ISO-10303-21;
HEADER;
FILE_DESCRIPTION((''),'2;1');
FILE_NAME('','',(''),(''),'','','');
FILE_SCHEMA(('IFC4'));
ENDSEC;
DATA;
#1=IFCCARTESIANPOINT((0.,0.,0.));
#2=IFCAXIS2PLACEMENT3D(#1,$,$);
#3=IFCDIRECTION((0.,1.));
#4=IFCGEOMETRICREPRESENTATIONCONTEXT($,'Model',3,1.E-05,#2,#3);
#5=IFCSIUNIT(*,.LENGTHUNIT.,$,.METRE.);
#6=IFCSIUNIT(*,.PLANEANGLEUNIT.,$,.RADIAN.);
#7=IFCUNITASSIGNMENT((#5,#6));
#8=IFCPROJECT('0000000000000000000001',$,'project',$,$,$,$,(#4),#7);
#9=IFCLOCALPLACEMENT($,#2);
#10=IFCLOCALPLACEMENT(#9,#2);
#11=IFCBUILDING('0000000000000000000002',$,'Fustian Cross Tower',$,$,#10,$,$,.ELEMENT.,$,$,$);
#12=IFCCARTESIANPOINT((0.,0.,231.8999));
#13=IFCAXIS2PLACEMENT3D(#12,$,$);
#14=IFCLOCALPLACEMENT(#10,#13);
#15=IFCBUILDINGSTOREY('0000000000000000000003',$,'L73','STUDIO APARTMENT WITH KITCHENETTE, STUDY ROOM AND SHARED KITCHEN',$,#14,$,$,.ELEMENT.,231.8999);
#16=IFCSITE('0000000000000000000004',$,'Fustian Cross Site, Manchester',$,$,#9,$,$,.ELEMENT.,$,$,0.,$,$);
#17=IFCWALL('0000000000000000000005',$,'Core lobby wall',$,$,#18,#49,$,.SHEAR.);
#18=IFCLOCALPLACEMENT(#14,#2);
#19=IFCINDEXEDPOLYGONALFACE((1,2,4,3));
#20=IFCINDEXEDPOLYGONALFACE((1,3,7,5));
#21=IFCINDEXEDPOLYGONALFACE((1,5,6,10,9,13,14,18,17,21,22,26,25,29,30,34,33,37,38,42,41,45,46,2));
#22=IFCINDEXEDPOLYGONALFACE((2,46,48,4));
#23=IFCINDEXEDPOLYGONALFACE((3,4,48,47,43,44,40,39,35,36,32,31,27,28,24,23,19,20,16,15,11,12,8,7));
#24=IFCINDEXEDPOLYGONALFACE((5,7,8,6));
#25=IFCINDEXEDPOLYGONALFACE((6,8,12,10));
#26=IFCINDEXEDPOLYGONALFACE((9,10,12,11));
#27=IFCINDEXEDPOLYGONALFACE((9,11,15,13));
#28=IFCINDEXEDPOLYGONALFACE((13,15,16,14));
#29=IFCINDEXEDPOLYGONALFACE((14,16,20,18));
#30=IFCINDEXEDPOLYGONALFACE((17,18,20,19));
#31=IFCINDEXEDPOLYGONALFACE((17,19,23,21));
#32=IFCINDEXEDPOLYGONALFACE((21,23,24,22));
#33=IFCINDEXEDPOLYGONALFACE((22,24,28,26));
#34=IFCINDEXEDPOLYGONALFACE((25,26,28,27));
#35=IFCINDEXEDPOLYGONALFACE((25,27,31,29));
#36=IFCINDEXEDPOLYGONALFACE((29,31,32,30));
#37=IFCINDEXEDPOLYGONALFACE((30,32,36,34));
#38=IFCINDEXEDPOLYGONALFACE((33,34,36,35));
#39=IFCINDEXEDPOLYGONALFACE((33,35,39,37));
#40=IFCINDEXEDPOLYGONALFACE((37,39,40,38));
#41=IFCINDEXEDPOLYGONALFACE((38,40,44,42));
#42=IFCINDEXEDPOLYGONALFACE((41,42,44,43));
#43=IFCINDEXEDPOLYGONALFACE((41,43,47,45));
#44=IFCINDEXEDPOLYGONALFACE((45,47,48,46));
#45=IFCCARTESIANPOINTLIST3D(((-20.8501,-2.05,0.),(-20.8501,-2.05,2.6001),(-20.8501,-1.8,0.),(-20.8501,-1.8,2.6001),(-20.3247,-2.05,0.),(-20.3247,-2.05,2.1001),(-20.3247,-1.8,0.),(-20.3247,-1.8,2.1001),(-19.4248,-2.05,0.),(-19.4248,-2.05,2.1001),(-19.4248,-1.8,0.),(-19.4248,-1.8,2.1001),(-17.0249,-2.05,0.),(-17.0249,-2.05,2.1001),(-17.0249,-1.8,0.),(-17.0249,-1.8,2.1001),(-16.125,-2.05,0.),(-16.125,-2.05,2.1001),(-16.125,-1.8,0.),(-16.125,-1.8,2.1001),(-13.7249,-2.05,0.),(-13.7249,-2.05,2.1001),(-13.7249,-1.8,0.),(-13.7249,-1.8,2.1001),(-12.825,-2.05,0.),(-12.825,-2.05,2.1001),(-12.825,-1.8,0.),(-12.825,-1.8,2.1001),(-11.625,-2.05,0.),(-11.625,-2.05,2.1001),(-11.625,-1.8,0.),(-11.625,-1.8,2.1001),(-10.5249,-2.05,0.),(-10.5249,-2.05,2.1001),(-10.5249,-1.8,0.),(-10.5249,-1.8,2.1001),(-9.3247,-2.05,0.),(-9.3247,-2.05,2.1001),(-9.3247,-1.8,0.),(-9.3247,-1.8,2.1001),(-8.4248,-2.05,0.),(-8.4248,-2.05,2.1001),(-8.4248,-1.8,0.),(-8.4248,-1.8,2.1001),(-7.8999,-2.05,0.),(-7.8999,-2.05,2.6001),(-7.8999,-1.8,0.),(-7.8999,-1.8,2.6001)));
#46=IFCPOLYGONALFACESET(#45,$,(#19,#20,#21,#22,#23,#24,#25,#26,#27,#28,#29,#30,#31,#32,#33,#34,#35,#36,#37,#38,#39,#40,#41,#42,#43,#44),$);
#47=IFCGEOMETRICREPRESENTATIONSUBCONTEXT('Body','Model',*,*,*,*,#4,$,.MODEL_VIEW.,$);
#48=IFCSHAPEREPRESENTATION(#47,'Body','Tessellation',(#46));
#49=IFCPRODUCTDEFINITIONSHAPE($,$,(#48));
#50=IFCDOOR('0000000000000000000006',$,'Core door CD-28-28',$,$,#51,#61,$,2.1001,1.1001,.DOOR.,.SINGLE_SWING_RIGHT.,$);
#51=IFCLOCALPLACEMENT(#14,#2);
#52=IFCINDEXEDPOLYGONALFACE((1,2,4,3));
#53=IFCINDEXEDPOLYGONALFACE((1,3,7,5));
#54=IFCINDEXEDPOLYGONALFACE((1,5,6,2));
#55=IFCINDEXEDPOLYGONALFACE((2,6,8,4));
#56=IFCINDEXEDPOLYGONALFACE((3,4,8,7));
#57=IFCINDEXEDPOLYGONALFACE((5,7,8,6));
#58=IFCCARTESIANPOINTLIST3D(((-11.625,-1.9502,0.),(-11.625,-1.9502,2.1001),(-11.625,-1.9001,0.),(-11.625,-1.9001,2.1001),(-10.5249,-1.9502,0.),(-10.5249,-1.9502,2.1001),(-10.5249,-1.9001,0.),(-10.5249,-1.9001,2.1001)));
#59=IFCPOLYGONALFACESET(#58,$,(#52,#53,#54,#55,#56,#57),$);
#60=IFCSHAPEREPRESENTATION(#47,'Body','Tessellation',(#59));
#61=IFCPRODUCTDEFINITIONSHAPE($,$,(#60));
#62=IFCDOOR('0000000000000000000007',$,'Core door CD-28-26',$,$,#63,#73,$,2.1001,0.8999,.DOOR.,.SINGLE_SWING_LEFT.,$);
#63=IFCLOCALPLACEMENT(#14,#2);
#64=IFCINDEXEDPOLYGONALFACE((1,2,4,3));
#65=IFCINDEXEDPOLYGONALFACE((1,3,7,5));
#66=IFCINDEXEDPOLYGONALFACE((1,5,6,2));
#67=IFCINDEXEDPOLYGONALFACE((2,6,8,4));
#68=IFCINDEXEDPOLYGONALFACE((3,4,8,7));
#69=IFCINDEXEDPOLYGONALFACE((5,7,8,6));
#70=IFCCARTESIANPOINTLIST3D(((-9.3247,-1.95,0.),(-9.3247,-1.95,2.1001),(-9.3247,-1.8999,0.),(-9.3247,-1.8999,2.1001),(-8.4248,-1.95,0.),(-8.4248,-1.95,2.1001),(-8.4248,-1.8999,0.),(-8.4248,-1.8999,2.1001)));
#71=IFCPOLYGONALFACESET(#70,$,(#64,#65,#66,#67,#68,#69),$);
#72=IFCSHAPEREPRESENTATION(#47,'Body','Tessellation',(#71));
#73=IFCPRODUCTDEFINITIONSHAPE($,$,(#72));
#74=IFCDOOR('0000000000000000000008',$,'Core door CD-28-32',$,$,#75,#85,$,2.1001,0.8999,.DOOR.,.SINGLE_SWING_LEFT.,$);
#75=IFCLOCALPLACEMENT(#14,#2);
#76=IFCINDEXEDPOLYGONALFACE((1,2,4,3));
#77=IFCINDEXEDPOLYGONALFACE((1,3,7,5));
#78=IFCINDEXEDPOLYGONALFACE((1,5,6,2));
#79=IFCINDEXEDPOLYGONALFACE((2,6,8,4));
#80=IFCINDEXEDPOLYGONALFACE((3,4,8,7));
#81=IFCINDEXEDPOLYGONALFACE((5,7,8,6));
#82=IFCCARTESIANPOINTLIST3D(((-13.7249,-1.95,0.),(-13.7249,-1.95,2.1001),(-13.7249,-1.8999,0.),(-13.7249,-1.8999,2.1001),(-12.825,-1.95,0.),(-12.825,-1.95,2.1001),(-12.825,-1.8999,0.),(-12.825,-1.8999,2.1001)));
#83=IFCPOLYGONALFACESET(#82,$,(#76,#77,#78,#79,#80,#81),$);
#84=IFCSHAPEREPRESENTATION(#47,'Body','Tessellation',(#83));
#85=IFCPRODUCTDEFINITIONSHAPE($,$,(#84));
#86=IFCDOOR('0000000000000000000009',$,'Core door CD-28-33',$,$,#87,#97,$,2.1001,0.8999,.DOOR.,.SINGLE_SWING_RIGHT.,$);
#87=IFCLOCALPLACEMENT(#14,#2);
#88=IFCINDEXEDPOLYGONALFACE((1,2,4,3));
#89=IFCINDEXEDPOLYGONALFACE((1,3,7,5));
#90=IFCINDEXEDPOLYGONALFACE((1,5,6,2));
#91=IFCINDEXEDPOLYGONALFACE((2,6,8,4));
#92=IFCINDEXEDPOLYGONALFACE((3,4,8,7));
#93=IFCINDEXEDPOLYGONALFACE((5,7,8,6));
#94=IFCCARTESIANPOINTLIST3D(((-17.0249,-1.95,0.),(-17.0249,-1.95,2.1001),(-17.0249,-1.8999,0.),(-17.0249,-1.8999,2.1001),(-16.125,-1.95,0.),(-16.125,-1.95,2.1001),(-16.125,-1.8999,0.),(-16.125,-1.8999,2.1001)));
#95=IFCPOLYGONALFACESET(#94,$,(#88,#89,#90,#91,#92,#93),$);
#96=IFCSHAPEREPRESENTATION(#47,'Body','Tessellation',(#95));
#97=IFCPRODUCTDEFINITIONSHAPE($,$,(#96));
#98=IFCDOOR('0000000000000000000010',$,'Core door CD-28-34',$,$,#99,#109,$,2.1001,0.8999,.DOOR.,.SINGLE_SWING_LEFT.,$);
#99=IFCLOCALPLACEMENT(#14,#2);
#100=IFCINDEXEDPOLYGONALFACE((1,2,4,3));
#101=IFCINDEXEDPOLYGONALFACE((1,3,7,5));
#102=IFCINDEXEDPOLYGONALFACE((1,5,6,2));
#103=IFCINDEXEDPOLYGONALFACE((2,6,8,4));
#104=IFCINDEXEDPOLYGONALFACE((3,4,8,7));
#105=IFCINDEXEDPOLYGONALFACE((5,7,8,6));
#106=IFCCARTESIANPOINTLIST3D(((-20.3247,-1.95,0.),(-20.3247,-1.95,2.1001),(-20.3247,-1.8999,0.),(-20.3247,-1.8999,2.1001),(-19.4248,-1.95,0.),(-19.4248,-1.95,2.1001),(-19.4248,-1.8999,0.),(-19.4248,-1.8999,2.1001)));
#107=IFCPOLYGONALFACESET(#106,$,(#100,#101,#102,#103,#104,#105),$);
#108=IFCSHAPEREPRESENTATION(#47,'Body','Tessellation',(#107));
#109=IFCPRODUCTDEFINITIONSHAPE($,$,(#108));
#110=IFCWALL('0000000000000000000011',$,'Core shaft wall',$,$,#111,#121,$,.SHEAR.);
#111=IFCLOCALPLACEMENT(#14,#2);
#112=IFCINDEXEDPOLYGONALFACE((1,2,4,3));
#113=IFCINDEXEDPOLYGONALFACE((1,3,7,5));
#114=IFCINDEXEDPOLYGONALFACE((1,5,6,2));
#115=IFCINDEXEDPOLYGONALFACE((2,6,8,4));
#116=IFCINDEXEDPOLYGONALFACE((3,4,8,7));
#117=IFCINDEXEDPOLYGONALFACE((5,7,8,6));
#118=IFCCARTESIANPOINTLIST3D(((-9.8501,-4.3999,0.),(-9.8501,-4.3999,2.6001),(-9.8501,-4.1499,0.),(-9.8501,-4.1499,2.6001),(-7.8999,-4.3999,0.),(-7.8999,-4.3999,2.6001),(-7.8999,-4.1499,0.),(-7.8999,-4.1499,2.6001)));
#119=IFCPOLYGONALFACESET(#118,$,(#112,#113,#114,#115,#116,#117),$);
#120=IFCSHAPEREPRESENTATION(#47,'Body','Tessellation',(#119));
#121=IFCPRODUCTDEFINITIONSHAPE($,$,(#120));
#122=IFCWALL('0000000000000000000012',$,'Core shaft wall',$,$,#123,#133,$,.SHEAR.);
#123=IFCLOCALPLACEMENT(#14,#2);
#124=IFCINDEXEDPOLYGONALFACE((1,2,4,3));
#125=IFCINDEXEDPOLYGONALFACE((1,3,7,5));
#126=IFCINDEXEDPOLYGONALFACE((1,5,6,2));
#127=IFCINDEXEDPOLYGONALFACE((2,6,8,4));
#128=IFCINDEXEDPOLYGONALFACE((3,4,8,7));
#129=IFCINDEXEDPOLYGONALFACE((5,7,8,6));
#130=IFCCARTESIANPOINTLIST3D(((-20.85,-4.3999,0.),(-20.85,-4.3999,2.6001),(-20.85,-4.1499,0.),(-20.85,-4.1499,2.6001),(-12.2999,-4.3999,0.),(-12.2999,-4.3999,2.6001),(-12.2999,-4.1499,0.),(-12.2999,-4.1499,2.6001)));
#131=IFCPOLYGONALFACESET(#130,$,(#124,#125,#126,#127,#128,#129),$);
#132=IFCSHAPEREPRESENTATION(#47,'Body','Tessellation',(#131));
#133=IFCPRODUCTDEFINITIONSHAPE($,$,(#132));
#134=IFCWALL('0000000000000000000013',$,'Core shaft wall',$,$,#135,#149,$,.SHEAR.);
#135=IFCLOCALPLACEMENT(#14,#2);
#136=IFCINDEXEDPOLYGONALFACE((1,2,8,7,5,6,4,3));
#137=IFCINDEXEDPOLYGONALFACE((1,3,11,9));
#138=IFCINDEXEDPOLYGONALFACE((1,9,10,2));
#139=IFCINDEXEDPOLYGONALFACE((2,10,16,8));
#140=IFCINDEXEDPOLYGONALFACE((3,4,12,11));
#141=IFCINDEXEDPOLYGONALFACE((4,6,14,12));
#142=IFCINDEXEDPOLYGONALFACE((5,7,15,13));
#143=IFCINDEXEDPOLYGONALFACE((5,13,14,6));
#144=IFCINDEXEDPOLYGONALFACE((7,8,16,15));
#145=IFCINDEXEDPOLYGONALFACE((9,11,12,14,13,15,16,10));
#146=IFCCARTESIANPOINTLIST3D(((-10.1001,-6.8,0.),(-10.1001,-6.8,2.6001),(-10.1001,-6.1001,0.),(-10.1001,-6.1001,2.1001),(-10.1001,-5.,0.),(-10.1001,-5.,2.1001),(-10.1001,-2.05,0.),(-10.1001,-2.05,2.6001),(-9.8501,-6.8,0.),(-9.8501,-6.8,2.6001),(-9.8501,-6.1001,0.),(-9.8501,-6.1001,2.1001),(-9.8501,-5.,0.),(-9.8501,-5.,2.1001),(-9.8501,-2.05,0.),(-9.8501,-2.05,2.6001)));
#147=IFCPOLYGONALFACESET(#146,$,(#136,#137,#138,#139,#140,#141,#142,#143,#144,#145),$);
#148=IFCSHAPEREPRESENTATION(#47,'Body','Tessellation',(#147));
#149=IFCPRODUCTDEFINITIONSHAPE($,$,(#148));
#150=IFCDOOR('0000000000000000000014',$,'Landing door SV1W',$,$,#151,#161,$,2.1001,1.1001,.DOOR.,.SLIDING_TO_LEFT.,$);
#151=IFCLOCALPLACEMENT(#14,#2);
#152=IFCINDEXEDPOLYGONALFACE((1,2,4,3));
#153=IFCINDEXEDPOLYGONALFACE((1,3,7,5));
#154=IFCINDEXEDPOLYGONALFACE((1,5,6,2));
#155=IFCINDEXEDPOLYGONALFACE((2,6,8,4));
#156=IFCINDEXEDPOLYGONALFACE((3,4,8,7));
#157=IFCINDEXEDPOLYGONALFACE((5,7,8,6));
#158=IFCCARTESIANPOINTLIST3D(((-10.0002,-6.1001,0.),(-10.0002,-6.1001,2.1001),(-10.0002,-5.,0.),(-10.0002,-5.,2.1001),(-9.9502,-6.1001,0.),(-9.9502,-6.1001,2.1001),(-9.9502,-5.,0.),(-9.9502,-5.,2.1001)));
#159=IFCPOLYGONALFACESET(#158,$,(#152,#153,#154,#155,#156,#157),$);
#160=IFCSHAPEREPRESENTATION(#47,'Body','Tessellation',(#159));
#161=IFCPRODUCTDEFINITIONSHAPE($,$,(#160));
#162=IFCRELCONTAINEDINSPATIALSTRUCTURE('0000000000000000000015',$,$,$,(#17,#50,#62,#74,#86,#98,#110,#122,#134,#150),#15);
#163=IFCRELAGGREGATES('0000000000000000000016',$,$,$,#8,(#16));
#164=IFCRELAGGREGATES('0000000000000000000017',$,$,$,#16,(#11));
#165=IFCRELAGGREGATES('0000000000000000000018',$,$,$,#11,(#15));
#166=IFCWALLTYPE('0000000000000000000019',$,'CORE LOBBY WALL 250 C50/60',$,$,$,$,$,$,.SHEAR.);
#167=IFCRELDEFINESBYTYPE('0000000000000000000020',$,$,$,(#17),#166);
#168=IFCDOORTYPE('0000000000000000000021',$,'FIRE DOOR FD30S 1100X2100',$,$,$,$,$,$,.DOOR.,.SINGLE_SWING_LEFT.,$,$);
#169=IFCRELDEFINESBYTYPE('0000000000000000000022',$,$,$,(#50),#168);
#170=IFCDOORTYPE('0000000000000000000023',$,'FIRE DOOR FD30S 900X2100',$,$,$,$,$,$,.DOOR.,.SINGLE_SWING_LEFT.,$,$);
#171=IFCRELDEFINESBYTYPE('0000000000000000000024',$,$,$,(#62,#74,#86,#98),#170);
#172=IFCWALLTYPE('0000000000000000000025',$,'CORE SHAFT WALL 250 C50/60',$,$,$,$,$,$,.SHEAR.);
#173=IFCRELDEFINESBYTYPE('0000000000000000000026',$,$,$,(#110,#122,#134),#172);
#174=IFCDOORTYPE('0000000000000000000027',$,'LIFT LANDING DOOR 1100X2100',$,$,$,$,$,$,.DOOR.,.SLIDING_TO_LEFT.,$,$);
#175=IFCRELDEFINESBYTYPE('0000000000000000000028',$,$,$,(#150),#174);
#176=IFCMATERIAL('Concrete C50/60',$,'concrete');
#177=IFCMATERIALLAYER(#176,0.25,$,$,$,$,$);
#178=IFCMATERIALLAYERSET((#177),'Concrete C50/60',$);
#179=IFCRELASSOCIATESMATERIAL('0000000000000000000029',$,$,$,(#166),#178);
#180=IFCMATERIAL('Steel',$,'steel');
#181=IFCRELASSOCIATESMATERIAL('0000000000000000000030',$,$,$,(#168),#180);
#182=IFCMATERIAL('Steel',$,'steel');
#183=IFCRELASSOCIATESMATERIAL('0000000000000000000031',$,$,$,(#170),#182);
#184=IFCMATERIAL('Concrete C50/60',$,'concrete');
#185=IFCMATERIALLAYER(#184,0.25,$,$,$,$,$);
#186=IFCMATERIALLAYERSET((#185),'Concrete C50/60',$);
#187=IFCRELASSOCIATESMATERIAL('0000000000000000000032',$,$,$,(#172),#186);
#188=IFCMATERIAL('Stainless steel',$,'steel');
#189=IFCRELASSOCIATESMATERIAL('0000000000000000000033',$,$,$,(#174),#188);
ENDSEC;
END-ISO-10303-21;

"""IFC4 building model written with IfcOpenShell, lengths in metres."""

from ifc_helpers import new_model, si_unit, direction, frame, frame_2d, origin, place, context, subcontext, project, spatial, rectangle, extrude, material, layer, layer_set, type_object, element, fill, save


model = new_model("IFC4")

# Units and contexts
model_context = context("Model", 3, precision=1e-05, world=origin(), true_north=direction((0.0, 1.0)))
body_context = subcontext(model_context, "Body", "Model", "MODEL_VIEW")
ifc_project = project(units=[si_unit("LENGTHUNIT", "METRE"), si_unit("PLANEANGLEUNIT", "RADIAN")], contexts=[model_context])

# Site, building, storey
site_placement = place(None, origin())
site = spatial("IfcSite", under=ifc_project, at=site_placement, Name="Fustian Cross Site, Manchester", CompositionType="ELEMENT", RefElevation=0.0)
building_placement = place(site_placement, origin())
building = spatial("IfcBuilding", under=site, at=building_placement, Name="Fustian Cross Tower", CompositionType="ELEMENT")
storey_placement = place(building_placement, frame((0.0, 0.0, 231.8999)))
storey = spatial("IfcBuildingStorey", under=building, at=storey_placement, Name="L73", Description="STUDIO APARTMENT WITH KITCHENETTE, STUDY ROOM AND SHARED KITCHEN", CompositionType="ELEMENT", Elevation=231.8999)

# Wall, openings, doors
ifc_material_1 = material(Name="Concrete C50/60", Category="concrete")
ifc_layer_1 = layer(ifc_material_1, 0.25)
ifc_layer_set_1 = layer_set([ifc_layer_1], Name="Concrete C50/60")
wall_type_1 = type_object("IfcWallType", Name="CORE LOBBY WALL 250 C50/60", PredefinedType="SHEAR", material=ifc_layer_set_1)
wall_1_placement = place(storey_placement, frame((-7.8999, -1.925, 0.0), z_axis=(0.0, 0.0, 1.0), x_axis=(-1.0, 0.0, 0.0)))
wall_1 = element("IfcWall", 1, at=wall_1_placement, inside=storey, type_object=wall_type_1, Name="Core lobby wall", PredefinedType="SHEAR", context=body_context, shape_type="SweptSolid", body=[
    extrude(rectangle(XDim=12.9502, YDim=0.25, at=frame_2d((6.4751, 0.0))), origin(), (0.0, 0.0, 1.0), 2.6001),
])
opening_1_placement = place(wall_1_placement, frame((0.5249, 0.0, 0.0)))
opening_1 = element("IfcOpeningElement", 2, at=opening_1_placement, cuts=wall_1, PredefinedType="OPENING", context=body_context, shape_type="SweptSolid", body=[
    extrude(rectangle(XDim=0.8999, YDim=2.1001, at=frame_2d((0.45, 1.05))), frame((0.0, 0.135, 0.0), z_axis=(0.0, -1.0, 0.0), x_axis=(1.0, 0.0, 0.0)), (0.0, 0.0, 1.0), 0.27),
])
opening_2_placement = place(wall_1_placement, frame((2.625, 0.0, 0.0)))
opening_2 = element("IfcOpeningElement", 3, at=opening_2_placement, cuts=wall_1, PredefinedType="OPENING", context=body_context, shape_type="SweptSolid", body=[
    extrude(rectangle(XDim=1.1001, YDim=2.1001, at=frame_2d((0.55, 1.05))), frame((0.0, 0.135, 0.0), z_axis=(0.0, -1.0, 0.0), x_axis=(1.0, 0.0, 0.0)), (0.0, 0.0, 1.0), 0.27),
])
opening_3_placement = place(wall_1_placement, frame((4.925, 0.0, 0.0)))
opening_3 = element("IfcOpeningElement", 4, at=opening_3_placement, cuts=wall_1, PredefinedType="OPENING", context=body_context, shape_type="SweptSolid", body=[
    extrude(rectangle(XDim=0.8999, YDim=2.1001, at=frame_2d((0.45, 1.05))), frame((0.0, 0.135, 0.0), z_axis=(0.0, -1.0, 0.0), x_axis=(1.0, 0.0, 0.0)), (0.0, 0.0, 1.0), 0.27),
])
opening_4_placement = place(wall_1_placement, frame((8.2251, 0.0, 0.0)))
opening_4 = element("IfcOpeningElement", 5, at=opening_4_placement, cuts=wall_1, PredefinedType="OPENING", context=body_context, shape_type="SweptSolid", body=[
    extrude(rectangle(XDim=0.8999, YDim=2.1001, at=frame_2d((0.45, 1.05))), frame((0.0, 0.135, 0.0), z_axis=(0.0, -1.0, 0.0), x_axis=(1.0, 0.0, 0.0)), (0.0, 0.0, 1.0), 0.27),
])
opening_5_placement = place(wall_1_placement, frame((11.5249, 0.0, 0.0)))
opening_5 = element("IfcOpeningElement", 6, at=opening_5_placement, cuts=wall_1, PredefinedType="OPENING", context=body_context, shape_type="SweptSolid", body=[
    extrude(rectangle(XDim=0.8999, YDim=2.1001, at=frame_2d((0.45, 1.05))), frame((0.0, 0.135, 0.0), z_axis=(0.0, -1.0, 0.0), x_axis=(1.0, 0.0, 0.0)), (0.0, 0.0, 1.0), 0.27),
])
ifc_material_2 = material(Name="Steel", Category="steel")
door_type_1 = type_object("IfcDoorType", Name="FIRE DOOR FD30S 1100X2100", OperationType="SINGLE_SWING_LEFT", PredefinedType="DOOR", material=ifc_material_2)
door_1_placement = place(opening_2_placement, frame((1.1001, 0.0, 0.0), z_axis=(0.0, 0.0, 1.0), x_axis=(-1.0, 0.0, 0.0)))
door_1 = element("IfcDoor", 7, at=door_1_placement, inside=storey, type_object=door_type_1, Name="Core door CD-28-28", OperationType="SINGLE_SWING_RIGHT", OverallHeight=2.1001, OverallWidth=1.1001, PredefinedType="DOOR", context=body_context, shape_type="SweptSolid", body=[
    extrude(rectangle(XDim=1.1001, YDim=2.1001, at=frame_2d((0.55, 1.05))), frame((0.0, 0.0249, 0.0), z_axis=(0.0, -1.0, 0.0), x_axis=(1.0, 0.0, 0.0)), (0.0, 0.0, 1.0), 0.05),
])
fill(opening_2, door_1)
ifc_material_3 = material(Name="Steel", Category="steel")
door_type_2 = type_object("IfcDoorType", Name="FIRE DOOR FD30S 900X2100", OperationType="SINGLE_SWING_LEFT", PredefinedType="DOOR", material=ifc_material_3)
door_2_placement = place(opening_1_placement, origin())
door_2 = element("IfcDoor", 8, at=door_2_placement, inside=storey, type_object=door_type_2, Name="Core door CD-28-26", OperationType="SINGLE_SWING_LEFT", OverallHeight=2.1001, OverallWidth=0.8999, PredefinedType="DOOR", context=body_context, shape_type="SweptSolid", body=[
    extrude(rectangle(XDim=0.8999, YDim=2.1001, at=frame_2d((0.45, 1.05))), frame((0.0, 0.0249, 0.0), z_axis=(0.0, -1.0, 0.0), x_axis=(1.0, 0.0, 0.0)), (0.0, 0.0, 1.0), 0.05),
])
fill(opening_1, door_2)
door_3_placement = place(opening_3_placement, origin())
door_3 = element("IfcDoor", 9, at=door_3_placement, inside=storey, type_object=door_type_2, Name="Core door CD-28-32", OperationType="SINGLE_SWING_LEFT", OverallHeight=2.1001, OverallWidth=0.8999, PredefinedType="DOOR", context=body_context, shape_type="SweptSolid", body=[
    extrude(rectangle(XDim=0.8999, YDim=2.1001, at=frame_2d((0.45, 1.05))), frame((0.0, 0.0249, 0.0), z_axis=(0.0, -1.0, 0.0), x_axis=(1.0, 0.0, 0.0)), (0.0, 0.0, 1.0), 0.05),
])
fill(opening_3, door_3)
door_4_placement = place(opening_4_placement, origin())
door_4 = element("IfcDoor", 10, at=door_4_placement, inside=storey, type_object=door_type_2, Name="Core door CD-28-33", OperationType="SINGLE_SWING_RIGHT", OverallHeight=2.1001, OverallWidth=0.8999, PredefinedType="DOOR", context=body_context, shape_type="SweptSolid", body=[
    extrude(rectangle(XDim=0.8999, YDim=2.1001, at=frame_2d((0.45, 1.05))), frame((0.0, 0.0249, 0.0), z_axis=(0.0, -1.0, 0.0), x_axis=(1.0, 0.0, 0.0)), (0.0, 0.0, 1.0), 0.05),
])
fill(opening_4, door_4)
door_5_placement = place(opening_5_placement, origin())
door_5 = element("IfcDoor", 11, at=door_5_placement, inside=storey, type_object=door_type_2, Name="Core door CD-28-34", OperationType="SINGLE_SWING_LEFT", OverallHeight=2.1001, OverallWidth=0.8999, PredefinedType="DOOR", context=body_context, shape_type="SweptSolid", body=[
    extrude(rectangle(XDim=0.8999, YDim=2.1001, at=frame_2d((0.45, 1.05))), frame((0.0, 0.0249, 0.0), z_axis=(0.0, -1.0, 0.0), x_axis=(1.0, 0.0, 0.0)), (0.0, 0.0, 1.0), 0.05),
])
fill(opening_5, door_5)

# Walls
ifc_material_4 = material(Name="Concrete C50/60", Category="concrete")
ifc_layer_2 = layer(ifc_material_4, 0.25)
ifc_layer_set_2 = layer_set([ifc_layer_2], Name="Concrete C50/60")
wall_type_2 = type_object("IfcWallType", Name="CORE SHAFT WALL 250 C50/60", PredefinedType="SHEAR", material=ifc_layer_set_2)
wall_2_placement = place(storey_placement, frame((-7.8999, -4.2749, 0.0), z_axis=(0.0, 0.0, 1.0), x_axis=(-1.0, 0.0, 0.0)))
element("IfcWall", 12, at=wall_2_placement, inside=storey, type_object=wall_type_2, Name="Core shaft wall", PredefinedType="SHEAR", context=body_context, shape_type="SweptSolid", body=[
    extrude(rectangle(XDim=1.9502, YDim=0.25, at=frame_2d((0.9751, 0.0))), origin(), (0.0, 0.0, 1.0), 2.6001),
])
wall_3_placement = place(storey_placement, frame((-12.3, -4.2749, 0.0), z_axis=(0.0, 0.0, 1.0), x_axis=(-1.0, 0.0, 0.0)))
element("IfcWall", 13, at=wall_3_placement, inside=storey, type_object=wall_type_2, Name="Core shaft wall", PredefinedType="SHEAR", context=body_context, shape_type="SweptSolid", body=[
    extrude(rectangle(XDim=8.55, YDim=0.25, at=frame_2d((4.2749, 0.0))), origin(), (0.0, 0.0, 1.0), 2.6001),
])

# Wall, opening, door
wall_4_placement = place(storey_placement, frame((-9.9751, -2.05, 0.0), z_axis=(0.0, 0.0, 1.0), x_axis=(0.0, -1.0, 0.0)))
wall_4 = element("IfcWall", 14, at=wall_4_placement, inside=storey, type_object=wall_type_2, Name="Core shaft wall", PredefinedType="SHEAR", context=body_context, shape_type="SweptSolid", body=[
    extrude(rectangle(XDim=4.75, YDim=0.25, at=frame_2d((2.375, 0.0))), origin(), (0.0, 0.0, 1.0), 2.6001),
])
opening_6_placement = place(wall_4_placement, frame((2.95, 0.0, 0.0)))
opening_6 = element("IfcOpeningElement", 15, at=opening_6_placement, cuts=wall_4, PredefinedType="OPENING", context=body_context, shape_type="SweptSolid", body=[
    extrude(rectangle(XDim=1.1001, YDim=2.1001, at=frame_2d((0.55, 1.05))), frame((0.0, 0.135, 0.0), z_axis=(0.0, -1.0, 0.0), x_axis=(1.0, 0.0, 0.0)), (0.0, 0.0, 1.0), 0.27),
])
ifc_material_5 = material(Name="Stainless steel", Category="steel")
door_type_3 = type_object("IfcDoorType", Name="LIFT LANDING DOOR 1100X2100", OperationType="SLIDING_TO_LEFT", PredefinedType="DOOR", material=ifc_material_5)
door_6_placement = place(opening_6_placement, origin())
door_6 = element("IfcDoor", 16, at=door_6_placement, inside=storey, type_object=door_type_3, Name="Landing door SV1W", OperationType="SLIDING_TO_LEFT", OverallHeight=2.1001, OverallWidth=1.1001, PredefinedType="DOOR", context=body_context, shape_type="SweptSolid", body=[
    extrude(rectangle(XDim=1.1001, YDim=2.1001, at=frame_2d((0.55, 1.05))), frame((0.0, 0.0249, 0.0), z_axis=(0.0, -1.0, 0.0), x_axis=(1.0, 0.0, 0.0)), (0.0, 0.0, 1.0), 0.05),
])
fill(opening_6, door_6)

save(model, "model.ifc")
